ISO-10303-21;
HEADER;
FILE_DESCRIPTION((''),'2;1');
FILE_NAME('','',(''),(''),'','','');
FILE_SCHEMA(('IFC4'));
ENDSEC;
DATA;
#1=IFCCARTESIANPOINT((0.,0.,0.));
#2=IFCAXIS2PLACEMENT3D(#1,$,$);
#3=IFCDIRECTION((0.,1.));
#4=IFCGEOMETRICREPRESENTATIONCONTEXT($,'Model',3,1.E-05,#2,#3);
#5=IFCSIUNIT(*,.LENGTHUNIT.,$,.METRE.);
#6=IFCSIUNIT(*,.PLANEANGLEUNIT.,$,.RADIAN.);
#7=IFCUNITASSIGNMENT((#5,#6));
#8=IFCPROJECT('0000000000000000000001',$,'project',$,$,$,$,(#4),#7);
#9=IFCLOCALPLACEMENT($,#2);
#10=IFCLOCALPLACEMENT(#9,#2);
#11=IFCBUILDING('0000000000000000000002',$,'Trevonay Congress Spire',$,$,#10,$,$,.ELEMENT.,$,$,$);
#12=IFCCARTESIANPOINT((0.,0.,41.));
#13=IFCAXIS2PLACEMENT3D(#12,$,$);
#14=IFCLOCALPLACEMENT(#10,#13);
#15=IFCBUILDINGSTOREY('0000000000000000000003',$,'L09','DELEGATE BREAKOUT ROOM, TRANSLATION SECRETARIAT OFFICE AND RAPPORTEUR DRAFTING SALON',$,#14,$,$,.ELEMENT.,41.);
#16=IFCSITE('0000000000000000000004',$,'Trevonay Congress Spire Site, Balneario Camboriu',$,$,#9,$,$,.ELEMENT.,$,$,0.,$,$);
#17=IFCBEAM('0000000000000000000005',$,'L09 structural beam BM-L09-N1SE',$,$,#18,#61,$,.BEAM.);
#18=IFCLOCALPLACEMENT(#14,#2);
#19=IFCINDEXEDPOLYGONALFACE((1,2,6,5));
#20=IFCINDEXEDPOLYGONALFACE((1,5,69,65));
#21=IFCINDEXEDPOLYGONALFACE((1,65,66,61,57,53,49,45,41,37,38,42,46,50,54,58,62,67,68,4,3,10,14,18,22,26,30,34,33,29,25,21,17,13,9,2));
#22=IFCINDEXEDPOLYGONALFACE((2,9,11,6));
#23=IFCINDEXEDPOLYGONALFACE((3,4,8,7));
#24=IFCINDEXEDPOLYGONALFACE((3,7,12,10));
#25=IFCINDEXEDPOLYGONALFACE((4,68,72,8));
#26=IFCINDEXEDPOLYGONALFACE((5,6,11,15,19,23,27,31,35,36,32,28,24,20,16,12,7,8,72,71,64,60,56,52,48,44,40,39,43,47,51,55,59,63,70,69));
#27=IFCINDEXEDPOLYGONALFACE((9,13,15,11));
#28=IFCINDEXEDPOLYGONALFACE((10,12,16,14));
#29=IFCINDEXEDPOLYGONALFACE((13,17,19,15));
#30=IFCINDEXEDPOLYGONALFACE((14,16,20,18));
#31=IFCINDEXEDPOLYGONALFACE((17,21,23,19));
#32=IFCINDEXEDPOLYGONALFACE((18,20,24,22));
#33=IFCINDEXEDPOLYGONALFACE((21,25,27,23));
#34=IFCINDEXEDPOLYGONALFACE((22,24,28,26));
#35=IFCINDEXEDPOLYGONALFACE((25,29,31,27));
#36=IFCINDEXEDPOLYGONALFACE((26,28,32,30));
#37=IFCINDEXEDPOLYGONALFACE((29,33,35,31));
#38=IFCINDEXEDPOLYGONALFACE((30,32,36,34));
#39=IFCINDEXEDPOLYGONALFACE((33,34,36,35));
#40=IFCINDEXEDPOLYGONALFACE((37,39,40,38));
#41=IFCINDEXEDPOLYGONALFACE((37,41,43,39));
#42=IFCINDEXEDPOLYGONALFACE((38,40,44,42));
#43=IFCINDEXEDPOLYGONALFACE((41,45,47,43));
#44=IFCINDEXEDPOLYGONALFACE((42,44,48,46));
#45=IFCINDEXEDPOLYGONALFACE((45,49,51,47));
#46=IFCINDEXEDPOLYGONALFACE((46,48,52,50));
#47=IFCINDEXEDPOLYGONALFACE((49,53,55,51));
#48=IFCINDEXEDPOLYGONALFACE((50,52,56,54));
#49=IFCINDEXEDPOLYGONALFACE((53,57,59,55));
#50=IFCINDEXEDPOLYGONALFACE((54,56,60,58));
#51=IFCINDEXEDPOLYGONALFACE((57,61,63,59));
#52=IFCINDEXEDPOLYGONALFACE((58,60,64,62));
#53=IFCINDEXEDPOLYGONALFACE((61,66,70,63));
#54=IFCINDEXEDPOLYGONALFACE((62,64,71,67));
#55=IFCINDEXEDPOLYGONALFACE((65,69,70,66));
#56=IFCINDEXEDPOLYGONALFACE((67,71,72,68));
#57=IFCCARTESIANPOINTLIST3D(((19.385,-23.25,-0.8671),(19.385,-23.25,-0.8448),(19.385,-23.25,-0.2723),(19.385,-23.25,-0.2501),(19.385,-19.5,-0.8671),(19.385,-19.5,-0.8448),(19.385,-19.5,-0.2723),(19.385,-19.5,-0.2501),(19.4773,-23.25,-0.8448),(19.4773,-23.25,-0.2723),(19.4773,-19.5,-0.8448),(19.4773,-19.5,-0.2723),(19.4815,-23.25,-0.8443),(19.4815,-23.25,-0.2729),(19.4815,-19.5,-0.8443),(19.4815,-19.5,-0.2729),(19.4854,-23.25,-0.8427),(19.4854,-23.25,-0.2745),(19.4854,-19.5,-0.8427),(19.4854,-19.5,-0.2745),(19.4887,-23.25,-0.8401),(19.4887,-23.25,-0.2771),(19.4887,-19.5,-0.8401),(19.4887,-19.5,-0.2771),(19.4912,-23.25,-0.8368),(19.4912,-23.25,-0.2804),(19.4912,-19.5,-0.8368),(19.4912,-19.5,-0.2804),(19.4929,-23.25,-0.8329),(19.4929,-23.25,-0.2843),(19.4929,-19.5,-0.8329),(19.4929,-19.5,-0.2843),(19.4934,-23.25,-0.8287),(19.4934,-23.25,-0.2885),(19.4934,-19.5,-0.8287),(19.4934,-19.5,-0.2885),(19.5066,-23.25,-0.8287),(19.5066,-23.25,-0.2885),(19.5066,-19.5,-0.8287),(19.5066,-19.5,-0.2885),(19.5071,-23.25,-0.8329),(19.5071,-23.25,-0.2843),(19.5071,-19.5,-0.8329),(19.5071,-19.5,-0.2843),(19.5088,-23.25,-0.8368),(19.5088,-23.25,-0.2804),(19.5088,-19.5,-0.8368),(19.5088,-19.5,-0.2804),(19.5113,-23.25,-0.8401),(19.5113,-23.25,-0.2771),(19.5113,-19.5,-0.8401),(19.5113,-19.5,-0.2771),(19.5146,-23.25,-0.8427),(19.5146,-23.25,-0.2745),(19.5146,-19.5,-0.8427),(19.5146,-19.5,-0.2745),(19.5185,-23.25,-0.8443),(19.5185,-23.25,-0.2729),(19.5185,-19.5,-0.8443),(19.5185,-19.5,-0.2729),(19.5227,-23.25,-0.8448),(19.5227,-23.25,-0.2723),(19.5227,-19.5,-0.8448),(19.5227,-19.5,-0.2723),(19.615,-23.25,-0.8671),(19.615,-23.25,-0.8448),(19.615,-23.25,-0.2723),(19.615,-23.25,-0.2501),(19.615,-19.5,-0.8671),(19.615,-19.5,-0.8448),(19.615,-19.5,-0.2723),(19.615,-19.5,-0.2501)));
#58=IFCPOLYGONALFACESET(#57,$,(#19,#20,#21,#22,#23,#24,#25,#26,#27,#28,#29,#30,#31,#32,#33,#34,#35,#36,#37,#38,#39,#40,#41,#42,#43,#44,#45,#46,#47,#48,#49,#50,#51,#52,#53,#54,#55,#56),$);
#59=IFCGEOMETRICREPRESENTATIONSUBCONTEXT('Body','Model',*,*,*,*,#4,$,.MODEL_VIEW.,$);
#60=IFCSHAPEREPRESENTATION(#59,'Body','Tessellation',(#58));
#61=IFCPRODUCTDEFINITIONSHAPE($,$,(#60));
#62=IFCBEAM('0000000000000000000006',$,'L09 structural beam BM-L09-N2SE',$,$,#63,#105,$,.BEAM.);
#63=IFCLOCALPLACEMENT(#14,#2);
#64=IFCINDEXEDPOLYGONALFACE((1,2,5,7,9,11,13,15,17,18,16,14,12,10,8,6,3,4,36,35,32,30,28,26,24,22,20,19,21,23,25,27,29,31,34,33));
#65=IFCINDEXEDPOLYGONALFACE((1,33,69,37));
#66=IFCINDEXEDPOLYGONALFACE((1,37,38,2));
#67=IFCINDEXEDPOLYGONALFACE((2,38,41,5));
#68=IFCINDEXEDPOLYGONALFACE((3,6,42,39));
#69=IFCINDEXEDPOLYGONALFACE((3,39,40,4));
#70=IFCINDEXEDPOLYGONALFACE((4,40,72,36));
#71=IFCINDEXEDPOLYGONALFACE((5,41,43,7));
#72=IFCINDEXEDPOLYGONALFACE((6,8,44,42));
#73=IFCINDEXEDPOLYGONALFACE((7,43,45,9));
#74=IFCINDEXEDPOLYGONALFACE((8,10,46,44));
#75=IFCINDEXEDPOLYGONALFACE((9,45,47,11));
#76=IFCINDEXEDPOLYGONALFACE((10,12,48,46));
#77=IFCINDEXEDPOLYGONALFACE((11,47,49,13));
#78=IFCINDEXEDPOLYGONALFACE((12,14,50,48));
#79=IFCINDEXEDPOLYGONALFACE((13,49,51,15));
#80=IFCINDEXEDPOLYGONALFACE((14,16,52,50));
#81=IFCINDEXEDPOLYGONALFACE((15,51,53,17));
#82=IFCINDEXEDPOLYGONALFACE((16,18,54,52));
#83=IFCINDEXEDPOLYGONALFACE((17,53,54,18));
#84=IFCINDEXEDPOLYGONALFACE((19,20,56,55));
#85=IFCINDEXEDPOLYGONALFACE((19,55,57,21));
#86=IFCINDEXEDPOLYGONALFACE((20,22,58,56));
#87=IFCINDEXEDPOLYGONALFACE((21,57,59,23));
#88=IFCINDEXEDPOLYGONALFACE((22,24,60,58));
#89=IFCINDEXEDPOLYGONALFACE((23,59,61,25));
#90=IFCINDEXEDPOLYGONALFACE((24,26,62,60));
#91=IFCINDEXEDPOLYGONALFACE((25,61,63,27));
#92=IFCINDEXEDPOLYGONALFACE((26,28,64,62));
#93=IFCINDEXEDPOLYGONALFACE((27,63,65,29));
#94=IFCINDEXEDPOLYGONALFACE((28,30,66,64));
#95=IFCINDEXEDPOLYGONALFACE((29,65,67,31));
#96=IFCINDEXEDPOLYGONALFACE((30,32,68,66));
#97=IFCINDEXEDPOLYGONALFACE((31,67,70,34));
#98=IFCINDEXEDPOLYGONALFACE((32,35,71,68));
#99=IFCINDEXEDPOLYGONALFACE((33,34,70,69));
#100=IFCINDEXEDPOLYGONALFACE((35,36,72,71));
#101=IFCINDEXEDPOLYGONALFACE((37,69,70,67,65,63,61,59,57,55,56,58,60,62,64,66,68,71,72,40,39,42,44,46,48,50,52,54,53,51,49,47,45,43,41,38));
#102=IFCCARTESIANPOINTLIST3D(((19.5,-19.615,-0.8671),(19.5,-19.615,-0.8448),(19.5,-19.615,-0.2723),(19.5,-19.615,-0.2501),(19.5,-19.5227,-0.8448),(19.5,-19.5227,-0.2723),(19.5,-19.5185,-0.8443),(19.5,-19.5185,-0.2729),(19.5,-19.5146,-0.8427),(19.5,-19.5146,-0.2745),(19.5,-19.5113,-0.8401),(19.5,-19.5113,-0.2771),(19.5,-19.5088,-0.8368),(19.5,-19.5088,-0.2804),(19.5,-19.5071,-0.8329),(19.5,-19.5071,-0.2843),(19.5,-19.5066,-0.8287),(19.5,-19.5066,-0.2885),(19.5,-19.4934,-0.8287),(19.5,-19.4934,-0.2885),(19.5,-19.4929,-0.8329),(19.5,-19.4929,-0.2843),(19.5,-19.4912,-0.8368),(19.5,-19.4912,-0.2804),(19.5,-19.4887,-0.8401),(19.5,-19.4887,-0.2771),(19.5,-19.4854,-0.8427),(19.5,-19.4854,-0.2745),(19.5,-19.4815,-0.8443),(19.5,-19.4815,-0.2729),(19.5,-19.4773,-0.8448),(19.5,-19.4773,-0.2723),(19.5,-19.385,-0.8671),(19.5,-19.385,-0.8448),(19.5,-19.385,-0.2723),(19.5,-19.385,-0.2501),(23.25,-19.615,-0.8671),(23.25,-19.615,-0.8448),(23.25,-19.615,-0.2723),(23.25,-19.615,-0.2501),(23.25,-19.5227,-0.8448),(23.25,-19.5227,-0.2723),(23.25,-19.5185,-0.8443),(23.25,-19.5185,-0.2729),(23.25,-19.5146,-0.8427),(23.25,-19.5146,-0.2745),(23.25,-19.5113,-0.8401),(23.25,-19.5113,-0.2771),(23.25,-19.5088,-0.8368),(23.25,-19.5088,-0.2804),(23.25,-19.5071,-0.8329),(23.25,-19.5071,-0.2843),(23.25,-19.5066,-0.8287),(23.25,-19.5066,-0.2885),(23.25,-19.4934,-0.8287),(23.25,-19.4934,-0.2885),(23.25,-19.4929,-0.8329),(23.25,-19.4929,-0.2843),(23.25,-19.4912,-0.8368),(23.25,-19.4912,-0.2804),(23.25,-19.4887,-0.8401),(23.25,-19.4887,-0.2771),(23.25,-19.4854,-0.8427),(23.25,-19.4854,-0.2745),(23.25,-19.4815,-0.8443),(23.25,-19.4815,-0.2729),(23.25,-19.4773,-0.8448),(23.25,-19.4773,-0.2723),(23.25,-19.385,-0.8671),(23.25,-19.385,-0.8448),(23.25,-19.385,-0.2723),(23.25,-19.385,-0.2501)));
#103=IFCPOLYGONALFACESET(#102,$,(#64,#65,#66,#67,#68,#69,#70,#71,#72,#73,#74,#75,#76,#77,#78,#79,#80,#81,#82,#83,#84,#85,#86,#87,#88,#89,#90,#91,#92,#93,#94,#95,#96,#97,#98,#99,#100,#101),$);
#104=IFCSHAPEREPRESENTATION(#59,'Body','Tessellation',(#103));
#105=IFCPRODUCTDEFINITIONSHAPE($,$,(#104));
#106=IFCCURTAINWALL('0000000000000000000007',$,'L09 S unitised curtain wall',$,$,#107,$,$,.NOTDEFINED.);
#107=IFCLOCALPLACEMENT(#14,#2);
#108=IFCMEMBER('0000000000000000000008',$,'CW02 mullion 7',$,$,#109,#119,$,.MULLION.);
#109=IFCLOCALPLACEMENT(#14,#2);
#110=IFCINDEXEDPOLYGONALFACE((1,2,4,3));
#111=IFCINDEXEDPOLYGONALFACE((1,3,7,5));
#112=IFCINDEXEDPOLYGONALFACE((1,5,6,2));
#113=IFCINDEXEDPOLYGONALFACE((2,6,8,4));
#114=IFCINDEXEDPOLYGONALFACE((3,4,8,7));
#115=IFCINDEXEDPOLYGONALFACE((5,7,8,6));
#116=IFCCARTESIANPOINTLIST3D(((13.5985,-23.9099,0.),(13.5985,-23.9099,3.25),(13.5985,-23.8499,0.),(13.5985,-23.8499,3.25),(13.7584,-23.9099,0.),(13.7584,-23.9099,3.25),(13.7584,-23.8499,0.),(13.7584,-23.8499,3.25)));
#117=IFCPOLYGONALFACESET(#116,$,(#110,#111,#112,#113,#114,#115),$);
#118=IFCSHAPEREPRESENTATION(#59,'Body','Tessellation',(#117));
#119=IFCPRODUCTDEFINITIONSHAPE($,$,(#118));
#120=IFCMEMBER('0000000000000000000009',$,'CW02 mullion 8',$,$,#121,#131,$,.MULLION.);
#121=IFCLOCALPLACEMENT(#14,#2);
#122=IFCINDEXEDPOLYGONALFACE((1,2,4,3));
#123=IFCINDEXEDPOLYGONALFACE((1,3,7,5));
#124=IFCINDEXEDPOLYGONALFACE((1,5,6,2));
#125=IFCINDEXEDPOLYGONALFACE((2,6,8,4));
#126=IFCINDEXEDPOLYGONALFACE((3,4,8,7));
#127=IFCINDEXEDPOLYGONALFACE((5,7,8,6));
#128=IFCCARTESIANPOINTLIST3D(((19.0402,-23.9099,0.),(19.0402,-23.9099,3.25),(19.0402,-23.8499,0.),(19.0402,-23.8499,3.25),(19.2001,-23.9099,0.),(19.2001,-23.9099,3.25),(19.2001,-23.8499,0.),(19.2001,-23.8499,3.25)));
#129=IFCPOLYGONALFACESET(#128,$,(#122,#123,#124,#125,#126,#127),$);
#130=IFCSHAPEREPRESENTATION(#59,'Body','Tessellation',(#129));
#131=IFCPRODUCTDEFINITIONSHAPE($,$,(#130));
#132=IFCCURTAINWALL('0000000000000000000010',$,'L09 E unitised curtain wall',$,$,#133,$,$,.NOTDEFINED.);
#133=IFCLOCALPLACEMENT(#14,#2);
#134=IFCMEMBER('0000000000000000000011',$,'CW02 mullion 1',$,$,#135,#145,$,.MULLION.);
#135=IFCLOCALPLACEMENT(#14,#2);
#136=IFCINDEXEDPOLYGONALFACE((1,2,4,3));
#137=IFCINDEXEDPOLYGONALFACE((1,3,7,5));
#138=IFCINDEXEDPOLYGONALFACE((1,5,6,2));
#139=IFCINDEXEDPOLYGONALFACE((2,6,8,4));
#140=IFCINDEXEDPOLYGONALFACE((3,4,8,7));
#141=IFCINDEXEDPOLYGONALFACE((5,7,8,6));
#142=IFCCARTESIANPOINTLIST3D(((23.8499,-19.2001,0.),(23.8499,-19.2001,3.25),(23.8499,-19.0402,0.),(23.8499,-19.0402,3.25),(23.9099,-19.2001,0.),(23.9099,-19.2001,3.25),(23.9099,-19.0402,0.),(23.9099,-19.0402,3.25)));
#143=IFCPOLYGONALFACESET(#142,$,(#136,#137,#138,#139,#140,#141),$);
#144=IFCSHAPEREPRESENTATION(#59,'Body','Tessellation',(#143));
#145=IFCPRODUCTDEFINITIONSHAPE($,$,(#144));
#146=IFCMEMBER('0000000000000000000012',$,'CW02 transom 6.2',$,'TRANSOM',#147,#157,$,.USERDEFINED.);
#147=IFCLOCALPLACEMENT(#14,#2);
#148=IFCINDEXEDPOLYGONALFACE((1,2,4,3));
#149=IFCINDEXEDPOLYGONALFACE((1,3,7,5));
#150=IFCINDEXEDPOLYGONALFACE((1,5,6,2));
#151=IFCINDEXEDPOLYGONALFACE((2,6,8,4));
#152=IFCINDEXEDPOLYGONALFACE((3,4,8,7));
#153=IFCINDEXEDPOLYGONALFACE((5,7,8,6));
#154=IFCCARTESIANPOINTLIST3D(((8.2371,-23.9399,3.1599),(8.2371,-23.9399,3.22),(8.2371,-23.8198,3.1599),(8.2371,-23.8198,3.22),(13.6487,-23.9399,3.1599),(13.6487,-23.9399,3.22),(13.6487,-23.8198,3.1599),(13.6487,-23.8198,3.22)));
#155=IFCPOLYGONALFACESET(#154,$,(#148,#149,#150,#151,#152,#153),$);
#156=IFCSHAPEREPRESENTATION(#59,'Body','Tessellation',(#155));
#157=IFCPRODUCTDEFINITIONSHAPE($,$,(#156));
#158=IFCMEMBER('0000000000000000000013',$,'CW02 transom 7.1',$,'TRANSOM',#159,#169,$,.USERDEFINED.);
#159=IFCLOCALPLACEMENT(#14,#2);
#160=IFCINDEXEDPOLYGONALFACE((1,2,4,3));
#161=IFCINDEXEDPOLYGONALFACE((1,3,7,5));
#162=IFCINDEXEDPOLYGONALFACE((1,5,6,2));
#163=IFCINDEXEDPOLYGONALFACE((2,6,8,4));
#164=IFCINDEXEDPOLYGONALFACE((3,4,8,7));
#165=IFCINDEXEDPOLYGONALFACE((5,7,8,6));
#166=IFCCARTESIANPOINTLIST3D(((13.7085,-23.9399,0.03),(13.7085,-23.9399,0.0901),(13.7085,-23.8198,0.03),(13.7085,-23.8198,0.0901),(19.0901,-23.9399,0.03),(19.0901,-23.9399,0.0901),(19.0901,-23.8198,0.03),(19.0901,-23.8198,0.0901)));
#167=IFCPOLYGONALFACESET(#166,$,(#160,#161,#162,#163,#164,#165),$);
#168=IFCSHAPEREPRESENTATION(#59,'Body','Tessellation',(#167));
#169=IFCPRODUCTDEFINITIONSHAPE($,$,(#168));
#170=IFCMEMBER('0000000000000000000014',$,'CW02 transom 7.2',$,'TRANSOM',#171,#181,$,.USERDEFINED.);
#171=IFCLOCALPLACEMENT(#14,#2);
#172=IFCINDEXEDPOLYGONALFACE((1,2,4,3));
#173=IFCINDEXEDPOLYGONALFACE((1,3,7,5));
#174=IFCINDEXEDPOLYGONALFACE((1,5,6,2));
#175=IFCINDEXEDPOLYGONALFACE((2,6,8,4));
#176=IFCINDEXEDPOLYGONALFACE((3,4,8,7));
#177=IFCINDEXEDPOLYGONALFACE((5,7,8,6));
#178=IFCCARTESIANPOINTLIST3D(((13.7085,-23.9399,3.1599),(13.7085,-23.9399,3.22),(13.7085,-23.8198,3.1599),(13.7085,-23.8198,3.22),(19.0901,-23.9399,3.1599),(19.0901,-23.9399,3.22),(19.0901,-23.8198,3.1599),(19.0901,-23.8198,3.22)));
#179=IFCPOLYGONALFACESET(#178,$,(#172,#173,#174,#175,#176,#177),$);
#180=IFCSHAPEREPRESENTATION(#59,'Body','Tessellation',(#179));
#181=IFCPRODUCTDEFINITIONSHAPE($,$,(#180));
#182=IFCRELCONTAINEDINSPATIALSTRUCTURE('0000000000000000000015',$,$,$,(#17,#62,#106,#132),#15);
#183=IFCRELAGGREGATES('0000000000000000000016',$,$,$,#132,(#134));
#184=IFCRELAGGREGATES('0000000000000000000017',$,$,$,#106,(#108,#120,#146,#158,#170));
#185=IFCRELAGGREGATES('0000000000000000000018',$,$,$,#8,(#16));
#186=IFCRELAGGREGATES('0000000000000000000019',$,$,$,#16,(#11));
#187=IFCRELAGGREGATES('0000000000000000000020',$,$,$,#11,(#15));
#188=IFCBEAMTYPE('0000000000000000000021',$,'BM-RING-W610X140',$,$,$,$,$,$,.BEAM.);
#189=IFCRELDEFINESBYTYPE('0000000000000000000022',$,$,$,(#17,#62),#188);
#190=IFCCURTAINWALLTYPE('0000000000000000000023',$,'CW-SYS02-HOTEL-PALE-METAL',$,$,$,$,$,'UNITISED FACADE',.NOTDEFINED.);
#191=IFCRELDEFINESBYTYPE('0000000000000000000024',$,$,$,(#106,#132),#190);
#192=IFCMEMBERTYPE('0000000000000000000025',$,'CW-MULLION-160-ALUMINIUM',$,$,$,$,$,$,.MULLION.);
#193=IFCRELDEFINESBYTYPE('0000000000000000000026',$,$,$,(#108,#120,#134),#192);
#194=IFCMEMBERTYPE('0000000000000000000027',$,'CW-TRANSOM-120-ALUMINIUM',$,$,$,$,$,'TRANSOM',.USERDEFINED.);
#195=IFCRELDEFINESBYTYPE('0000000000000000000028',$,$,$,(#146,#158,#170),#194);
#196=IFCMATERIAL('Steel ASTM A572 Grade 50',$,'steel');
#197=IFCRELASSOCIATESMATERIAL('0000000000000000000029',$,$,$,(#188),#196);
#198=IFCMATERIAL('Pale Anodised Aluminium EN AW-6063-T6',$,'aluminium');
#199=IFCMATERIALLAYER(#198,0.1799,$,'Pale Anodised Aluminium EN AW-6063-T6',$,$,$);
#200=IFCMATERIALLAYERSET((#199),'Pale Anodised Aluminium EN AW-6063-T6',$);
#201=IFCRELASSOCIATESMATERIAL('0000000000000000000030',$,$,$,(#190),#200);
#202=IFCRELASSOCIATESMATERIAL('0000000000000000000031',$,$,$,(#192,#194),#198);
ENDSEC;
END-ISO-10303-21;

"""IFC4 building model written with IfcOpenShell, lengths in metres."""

from ifc_helpers import new_model, si_unit, direction, frame, origin, origin_2d, place, context, subcontext, project, spatial, rectangle, i_section, extrude, material, layer, layer_set, material_profile, profile_set, type_object, element, aggregate, save


model = new_model("IFC4")

# Units and contexts
model_context = context("Model", 3, precision=1e-05, world=origin(), true_north=direction((0.0, 1.0)))
body_context = subcontext(model_context, "Body", "Model", "MODEL_VIEW")
ifc_project = project(units=[si_unit("LENGTHUNIT", "METRE"), si_unit("PLANEANGLEUNIT", "RADIAN")], contexts=[model_context])

# Site, building, storey
site_placement = place(None, origin())
site = spatial("IfcSite", under=ifc_project, at=site_placement, Name="Trevonay Congress Spire Site, Balneario Camboriu", CompositionType="ELEMENT", RefElevation=0.0)
building_placement = place(site_placement, origin())
building = spatial("IfcBuilding", under=site, at=building_placement, Name="Trevonay Congress Spire", CompositionType="ELEMENT")
storey_placement = place(building_placement, frame((0.0, 0.0, 41.0)))
storey = spatial("IfcBuildingStorey", under=building, at=storey_placement, Name="L09", Description="DELEGATE BREAKOUT ROOM, TRANSLATION SECRETARIAT OFFICE AND RAPPORTEUR DRAFTING SALON", CompositionType="ELEMENT", Elevation=41.0)

# Shared definitions
ifc_material_1 = material(Name="Steel ASTM A572 Grade 50", Category="steel")

# Beams
ifc_material_profile_1 = material_profile(ifc_material_1, i_section(OverallWidth=0.23, OverallDepth=0.6169, WebThickness=0.0132, FlangeThickness=0.0222, FilletRadius=0.0161, at=origin_2d()), Name="W610x140")
ifc_profile_set_1 = profile_set([ifc_material_profile_1], Name="Steel ASTM A572 Grade 50")
beam_type_1 = type_object("IfcBeamType", Name="BM-RING-W610X140", PredefinedType="BEAM", material=ifc_profile_set_1)
for number, where, z_axis, x_axis, name in (
    (1, (19.5, -23.25, -0.5586), (0.0, 1.0, 0.0), (-1.0, 0.0, 0.0), "L09 structural beam BM-L09-N1SE"),
    (2, (23.25, -19.5, -0.5586), (-1.0, 0.0, 0.0), (0.0, -1.0, 0.0), "L09 structural beam BM-L09-N2SE"),
):
    element("IfcBeam", number, at=place(storey_placement, frame(where, z_axis=z_axis, x_axis=x_axis)), inside=storey, type_object=beam_type_1, Name=name, PredefinedType="BEAM", context=body_context, shape_type="SweptSolid", body=[
        extrude(i_section(OverallWidth=0.23, OverallDepth=0.6169, WebThickness=0.0132, FlangeThickness=0.0222, FilletRadius=0.0161, at=origin_2d()), origin(), (0.0, 0.0, 1.0), 3.75),
    ])

# Curtain wall, members
ifc_material_2 = material(Name="Pale Anodised Aluminium EN AW-6063-T6", Category="aluminium")
ifc_layer_1 = layer(ifc_material_2, 0.1799, Name="Pale Anodised Aluminium EN AW-6063-T6")
ifc_layer_set_1 = layer_set([ifc_layer_1], Name="Pale Anodised Aluminium EN AW-6063-T6")
curtain_wall_type = type_object("IfcCurtainWallType", Name="CW-SYS02-HOTEL-PALE-METAL", ElementType="UNITISED FACADE", PredefinedType="NOTDEFINED", material=ifc_layer_set_1)
curtain_wall_1_placement = place(storey_placement, origin())
curtain_wall_1 = element("IfcCurtainWall", 3, at=curtain_wall_1_placement, inside=storey, type_object=curtain_wall_type, Name="L09 S unitised curtain wall", PredefinedType="NOTDEFINED")
ifc_material_profile_2 = material_profile(ifc_material_2, rectangle(XDim=0.0601, YDim=0.1599, at=origin_2d()), Name="CW-MULLION-160-ALUMINIUM")
ifc_profile_set_2 = profile_set([ifc_material_profile_2], Name="Pale Anodised Aluminium EN AW-6063-T6")
member_type_1 = type_object("IfcMemberType", Name="CW-MULLION-160-ALUMINIUM", PredefinedType="MULLION", material=ifc_profile_set_2)
member_1_placement = place(storey_placement, frame((13.6785, -23.8799, 0.0), z_axis=(0.0, 0.0, 1.0), x_axis=(0.0, 1.0, 0.0)))
member_1 = element("IfcMember", 4, at=member_1_placement, type_object=member_type_1, Name="CW02 mullion 7", PredefinedType="MULLION", context=body_context, shape_type="SweptSolid", body=[
    extrude(rectangle(XDim=0.0601, YDim=0.1599, at=origin_2d()), origin(), (0.0, 0.0, 1.0), 3.25),
])
member_2_placement = place(storey_placement, frame((19.1201, -23.8799, 0.0), z_axis=(0.0, 0.0, 1.0), x_axis=(0.0, 1.0, 0.0)))
member_2 = element("IfcMember", 5, at=member_2_placement, type_object=member_type_1, Name="CW02 mullion 8", PredefinedType="MULLION", context=body_context, shape_type="SweptSolid", body=[
    extrude(rectangle(XDim=0.0601, YDim=0.1599, at=origin_2d()), origin(), (0.0, 0.0, 1.0), 3.25),
])

# Curtain wall, member
curtain_wall_2_placement = place(storey_placement, origin())
curtain_wall_2 = element("IfcCurtainWall", 6, at=curtain_wall_2_placement, inside=storey, type_object=curtain_wall_type, Name="L09 E unitised curtain wall", PredefinedType="NOTDEFINED")
member_3_placement = place(storey_placement, frame((23.8799, -19.1201, 0.0), z_axis=(0.0, 0.0, 1.0), x_axis=(-1.0, 0.0, 0.0)))
member_3 = element("IfcMember", 7, at=member_3_placement, type_object=member_type_1, Name="CW02 mullion 1", PredefinedType="MULLION", context=body_context, shape_type="SweptSolid", body=[
    extrude(rectangle(XDim=0.0601, YDim=0.1599, at=origin_2d()), origin(), (0.0, 0.0, 1.0), 3.25),
])
aggregate(curtain_wall_2, [member_3])

# Members
ifc_material_profile_3 = material_profile(ifc_material_2, rectangle(XDim=0.1201, YDim=0.0601, at=origin_2d()), Name="CW-TRANSOM-120-ALUMINIUM")
ifc_profile_set_3 = profile_set([ifc_material_profile_3], Name="Pale Anodised Aluminium EN AW-6063-T6")
member_type_2 = type_object("IfcMemberType", Name="CW-TRANSOM-120-ALUMINIUM", ElementType="TRANSOM", PredefinedType="USERDEFINED", material=ifc_profile_set_3)
member_4_placement = place(storey_placement, frame((8.2371, -23.8799, 3.1899), z_axis=(1.0, 0.0, 0.0), x_axis=(0.0, 1.0, 0.0)))
member_4 = element("IfcMember", 8, at=member_4_placement, type_object=member_type_2, Name="CW02 transom 6.2", ObjectType="TRANSOM", PredefinedType="USERDEFINED", context=body_context, shape_type="SweptSolid", body=[
    extrude(rectangle(XDim=0.1201, YDim=0.0601, at=origin_2d()), origin(), (0.0, 0.0, 1.0), 5.4116),
])
member_5_placement = place(storey_placement, frame((13.7085, -23.8799, 0.0601), z_axis=(1.0, 0.0, 0.0), x_axis=(0.0, 1.0, 0.0)))
member_5 = element("IfcMember", 9, at=member_5_placement, type_object=member_type_2, Name="CW02 transom 7.1", ObjectType="TRANSOM", PredefinedType="USERDEFINED", context=body_context, shape_type="SweptSolid", body=[
    extrude(rectangle(XDim=0.1201, YDim=0.0601, at=origin_2d()), origin(), (0.0, 0.0, 1.0), 5.3816),
])
member_6_placement = place(storey_placement, frame((13.7085, -23.8799, 3.1899), z_axis=(1.0, 0.0, 0.0), x_axis=(0.0, 1.0, 0.0)))
member_6 = element("IfcMember", 10, at=member_6_placement, type_object=member_type_2, Name="CW02 transom 7.2", ObjectType="TRANSOM", PredefinedType="USERDEFINED", context=body_context, shape_type="SweptSolid", body=[
    extrude(rectangle(XDim=0.1201, YDim=0.0601, at=origin_2d()), origin(), (0.0, 0.0, 1.0), 5.3816),
])

aggregate(curtain_wall_1, [member_1, member_2, member_4, member_5, member_6])

save(model, "model.ifc")
